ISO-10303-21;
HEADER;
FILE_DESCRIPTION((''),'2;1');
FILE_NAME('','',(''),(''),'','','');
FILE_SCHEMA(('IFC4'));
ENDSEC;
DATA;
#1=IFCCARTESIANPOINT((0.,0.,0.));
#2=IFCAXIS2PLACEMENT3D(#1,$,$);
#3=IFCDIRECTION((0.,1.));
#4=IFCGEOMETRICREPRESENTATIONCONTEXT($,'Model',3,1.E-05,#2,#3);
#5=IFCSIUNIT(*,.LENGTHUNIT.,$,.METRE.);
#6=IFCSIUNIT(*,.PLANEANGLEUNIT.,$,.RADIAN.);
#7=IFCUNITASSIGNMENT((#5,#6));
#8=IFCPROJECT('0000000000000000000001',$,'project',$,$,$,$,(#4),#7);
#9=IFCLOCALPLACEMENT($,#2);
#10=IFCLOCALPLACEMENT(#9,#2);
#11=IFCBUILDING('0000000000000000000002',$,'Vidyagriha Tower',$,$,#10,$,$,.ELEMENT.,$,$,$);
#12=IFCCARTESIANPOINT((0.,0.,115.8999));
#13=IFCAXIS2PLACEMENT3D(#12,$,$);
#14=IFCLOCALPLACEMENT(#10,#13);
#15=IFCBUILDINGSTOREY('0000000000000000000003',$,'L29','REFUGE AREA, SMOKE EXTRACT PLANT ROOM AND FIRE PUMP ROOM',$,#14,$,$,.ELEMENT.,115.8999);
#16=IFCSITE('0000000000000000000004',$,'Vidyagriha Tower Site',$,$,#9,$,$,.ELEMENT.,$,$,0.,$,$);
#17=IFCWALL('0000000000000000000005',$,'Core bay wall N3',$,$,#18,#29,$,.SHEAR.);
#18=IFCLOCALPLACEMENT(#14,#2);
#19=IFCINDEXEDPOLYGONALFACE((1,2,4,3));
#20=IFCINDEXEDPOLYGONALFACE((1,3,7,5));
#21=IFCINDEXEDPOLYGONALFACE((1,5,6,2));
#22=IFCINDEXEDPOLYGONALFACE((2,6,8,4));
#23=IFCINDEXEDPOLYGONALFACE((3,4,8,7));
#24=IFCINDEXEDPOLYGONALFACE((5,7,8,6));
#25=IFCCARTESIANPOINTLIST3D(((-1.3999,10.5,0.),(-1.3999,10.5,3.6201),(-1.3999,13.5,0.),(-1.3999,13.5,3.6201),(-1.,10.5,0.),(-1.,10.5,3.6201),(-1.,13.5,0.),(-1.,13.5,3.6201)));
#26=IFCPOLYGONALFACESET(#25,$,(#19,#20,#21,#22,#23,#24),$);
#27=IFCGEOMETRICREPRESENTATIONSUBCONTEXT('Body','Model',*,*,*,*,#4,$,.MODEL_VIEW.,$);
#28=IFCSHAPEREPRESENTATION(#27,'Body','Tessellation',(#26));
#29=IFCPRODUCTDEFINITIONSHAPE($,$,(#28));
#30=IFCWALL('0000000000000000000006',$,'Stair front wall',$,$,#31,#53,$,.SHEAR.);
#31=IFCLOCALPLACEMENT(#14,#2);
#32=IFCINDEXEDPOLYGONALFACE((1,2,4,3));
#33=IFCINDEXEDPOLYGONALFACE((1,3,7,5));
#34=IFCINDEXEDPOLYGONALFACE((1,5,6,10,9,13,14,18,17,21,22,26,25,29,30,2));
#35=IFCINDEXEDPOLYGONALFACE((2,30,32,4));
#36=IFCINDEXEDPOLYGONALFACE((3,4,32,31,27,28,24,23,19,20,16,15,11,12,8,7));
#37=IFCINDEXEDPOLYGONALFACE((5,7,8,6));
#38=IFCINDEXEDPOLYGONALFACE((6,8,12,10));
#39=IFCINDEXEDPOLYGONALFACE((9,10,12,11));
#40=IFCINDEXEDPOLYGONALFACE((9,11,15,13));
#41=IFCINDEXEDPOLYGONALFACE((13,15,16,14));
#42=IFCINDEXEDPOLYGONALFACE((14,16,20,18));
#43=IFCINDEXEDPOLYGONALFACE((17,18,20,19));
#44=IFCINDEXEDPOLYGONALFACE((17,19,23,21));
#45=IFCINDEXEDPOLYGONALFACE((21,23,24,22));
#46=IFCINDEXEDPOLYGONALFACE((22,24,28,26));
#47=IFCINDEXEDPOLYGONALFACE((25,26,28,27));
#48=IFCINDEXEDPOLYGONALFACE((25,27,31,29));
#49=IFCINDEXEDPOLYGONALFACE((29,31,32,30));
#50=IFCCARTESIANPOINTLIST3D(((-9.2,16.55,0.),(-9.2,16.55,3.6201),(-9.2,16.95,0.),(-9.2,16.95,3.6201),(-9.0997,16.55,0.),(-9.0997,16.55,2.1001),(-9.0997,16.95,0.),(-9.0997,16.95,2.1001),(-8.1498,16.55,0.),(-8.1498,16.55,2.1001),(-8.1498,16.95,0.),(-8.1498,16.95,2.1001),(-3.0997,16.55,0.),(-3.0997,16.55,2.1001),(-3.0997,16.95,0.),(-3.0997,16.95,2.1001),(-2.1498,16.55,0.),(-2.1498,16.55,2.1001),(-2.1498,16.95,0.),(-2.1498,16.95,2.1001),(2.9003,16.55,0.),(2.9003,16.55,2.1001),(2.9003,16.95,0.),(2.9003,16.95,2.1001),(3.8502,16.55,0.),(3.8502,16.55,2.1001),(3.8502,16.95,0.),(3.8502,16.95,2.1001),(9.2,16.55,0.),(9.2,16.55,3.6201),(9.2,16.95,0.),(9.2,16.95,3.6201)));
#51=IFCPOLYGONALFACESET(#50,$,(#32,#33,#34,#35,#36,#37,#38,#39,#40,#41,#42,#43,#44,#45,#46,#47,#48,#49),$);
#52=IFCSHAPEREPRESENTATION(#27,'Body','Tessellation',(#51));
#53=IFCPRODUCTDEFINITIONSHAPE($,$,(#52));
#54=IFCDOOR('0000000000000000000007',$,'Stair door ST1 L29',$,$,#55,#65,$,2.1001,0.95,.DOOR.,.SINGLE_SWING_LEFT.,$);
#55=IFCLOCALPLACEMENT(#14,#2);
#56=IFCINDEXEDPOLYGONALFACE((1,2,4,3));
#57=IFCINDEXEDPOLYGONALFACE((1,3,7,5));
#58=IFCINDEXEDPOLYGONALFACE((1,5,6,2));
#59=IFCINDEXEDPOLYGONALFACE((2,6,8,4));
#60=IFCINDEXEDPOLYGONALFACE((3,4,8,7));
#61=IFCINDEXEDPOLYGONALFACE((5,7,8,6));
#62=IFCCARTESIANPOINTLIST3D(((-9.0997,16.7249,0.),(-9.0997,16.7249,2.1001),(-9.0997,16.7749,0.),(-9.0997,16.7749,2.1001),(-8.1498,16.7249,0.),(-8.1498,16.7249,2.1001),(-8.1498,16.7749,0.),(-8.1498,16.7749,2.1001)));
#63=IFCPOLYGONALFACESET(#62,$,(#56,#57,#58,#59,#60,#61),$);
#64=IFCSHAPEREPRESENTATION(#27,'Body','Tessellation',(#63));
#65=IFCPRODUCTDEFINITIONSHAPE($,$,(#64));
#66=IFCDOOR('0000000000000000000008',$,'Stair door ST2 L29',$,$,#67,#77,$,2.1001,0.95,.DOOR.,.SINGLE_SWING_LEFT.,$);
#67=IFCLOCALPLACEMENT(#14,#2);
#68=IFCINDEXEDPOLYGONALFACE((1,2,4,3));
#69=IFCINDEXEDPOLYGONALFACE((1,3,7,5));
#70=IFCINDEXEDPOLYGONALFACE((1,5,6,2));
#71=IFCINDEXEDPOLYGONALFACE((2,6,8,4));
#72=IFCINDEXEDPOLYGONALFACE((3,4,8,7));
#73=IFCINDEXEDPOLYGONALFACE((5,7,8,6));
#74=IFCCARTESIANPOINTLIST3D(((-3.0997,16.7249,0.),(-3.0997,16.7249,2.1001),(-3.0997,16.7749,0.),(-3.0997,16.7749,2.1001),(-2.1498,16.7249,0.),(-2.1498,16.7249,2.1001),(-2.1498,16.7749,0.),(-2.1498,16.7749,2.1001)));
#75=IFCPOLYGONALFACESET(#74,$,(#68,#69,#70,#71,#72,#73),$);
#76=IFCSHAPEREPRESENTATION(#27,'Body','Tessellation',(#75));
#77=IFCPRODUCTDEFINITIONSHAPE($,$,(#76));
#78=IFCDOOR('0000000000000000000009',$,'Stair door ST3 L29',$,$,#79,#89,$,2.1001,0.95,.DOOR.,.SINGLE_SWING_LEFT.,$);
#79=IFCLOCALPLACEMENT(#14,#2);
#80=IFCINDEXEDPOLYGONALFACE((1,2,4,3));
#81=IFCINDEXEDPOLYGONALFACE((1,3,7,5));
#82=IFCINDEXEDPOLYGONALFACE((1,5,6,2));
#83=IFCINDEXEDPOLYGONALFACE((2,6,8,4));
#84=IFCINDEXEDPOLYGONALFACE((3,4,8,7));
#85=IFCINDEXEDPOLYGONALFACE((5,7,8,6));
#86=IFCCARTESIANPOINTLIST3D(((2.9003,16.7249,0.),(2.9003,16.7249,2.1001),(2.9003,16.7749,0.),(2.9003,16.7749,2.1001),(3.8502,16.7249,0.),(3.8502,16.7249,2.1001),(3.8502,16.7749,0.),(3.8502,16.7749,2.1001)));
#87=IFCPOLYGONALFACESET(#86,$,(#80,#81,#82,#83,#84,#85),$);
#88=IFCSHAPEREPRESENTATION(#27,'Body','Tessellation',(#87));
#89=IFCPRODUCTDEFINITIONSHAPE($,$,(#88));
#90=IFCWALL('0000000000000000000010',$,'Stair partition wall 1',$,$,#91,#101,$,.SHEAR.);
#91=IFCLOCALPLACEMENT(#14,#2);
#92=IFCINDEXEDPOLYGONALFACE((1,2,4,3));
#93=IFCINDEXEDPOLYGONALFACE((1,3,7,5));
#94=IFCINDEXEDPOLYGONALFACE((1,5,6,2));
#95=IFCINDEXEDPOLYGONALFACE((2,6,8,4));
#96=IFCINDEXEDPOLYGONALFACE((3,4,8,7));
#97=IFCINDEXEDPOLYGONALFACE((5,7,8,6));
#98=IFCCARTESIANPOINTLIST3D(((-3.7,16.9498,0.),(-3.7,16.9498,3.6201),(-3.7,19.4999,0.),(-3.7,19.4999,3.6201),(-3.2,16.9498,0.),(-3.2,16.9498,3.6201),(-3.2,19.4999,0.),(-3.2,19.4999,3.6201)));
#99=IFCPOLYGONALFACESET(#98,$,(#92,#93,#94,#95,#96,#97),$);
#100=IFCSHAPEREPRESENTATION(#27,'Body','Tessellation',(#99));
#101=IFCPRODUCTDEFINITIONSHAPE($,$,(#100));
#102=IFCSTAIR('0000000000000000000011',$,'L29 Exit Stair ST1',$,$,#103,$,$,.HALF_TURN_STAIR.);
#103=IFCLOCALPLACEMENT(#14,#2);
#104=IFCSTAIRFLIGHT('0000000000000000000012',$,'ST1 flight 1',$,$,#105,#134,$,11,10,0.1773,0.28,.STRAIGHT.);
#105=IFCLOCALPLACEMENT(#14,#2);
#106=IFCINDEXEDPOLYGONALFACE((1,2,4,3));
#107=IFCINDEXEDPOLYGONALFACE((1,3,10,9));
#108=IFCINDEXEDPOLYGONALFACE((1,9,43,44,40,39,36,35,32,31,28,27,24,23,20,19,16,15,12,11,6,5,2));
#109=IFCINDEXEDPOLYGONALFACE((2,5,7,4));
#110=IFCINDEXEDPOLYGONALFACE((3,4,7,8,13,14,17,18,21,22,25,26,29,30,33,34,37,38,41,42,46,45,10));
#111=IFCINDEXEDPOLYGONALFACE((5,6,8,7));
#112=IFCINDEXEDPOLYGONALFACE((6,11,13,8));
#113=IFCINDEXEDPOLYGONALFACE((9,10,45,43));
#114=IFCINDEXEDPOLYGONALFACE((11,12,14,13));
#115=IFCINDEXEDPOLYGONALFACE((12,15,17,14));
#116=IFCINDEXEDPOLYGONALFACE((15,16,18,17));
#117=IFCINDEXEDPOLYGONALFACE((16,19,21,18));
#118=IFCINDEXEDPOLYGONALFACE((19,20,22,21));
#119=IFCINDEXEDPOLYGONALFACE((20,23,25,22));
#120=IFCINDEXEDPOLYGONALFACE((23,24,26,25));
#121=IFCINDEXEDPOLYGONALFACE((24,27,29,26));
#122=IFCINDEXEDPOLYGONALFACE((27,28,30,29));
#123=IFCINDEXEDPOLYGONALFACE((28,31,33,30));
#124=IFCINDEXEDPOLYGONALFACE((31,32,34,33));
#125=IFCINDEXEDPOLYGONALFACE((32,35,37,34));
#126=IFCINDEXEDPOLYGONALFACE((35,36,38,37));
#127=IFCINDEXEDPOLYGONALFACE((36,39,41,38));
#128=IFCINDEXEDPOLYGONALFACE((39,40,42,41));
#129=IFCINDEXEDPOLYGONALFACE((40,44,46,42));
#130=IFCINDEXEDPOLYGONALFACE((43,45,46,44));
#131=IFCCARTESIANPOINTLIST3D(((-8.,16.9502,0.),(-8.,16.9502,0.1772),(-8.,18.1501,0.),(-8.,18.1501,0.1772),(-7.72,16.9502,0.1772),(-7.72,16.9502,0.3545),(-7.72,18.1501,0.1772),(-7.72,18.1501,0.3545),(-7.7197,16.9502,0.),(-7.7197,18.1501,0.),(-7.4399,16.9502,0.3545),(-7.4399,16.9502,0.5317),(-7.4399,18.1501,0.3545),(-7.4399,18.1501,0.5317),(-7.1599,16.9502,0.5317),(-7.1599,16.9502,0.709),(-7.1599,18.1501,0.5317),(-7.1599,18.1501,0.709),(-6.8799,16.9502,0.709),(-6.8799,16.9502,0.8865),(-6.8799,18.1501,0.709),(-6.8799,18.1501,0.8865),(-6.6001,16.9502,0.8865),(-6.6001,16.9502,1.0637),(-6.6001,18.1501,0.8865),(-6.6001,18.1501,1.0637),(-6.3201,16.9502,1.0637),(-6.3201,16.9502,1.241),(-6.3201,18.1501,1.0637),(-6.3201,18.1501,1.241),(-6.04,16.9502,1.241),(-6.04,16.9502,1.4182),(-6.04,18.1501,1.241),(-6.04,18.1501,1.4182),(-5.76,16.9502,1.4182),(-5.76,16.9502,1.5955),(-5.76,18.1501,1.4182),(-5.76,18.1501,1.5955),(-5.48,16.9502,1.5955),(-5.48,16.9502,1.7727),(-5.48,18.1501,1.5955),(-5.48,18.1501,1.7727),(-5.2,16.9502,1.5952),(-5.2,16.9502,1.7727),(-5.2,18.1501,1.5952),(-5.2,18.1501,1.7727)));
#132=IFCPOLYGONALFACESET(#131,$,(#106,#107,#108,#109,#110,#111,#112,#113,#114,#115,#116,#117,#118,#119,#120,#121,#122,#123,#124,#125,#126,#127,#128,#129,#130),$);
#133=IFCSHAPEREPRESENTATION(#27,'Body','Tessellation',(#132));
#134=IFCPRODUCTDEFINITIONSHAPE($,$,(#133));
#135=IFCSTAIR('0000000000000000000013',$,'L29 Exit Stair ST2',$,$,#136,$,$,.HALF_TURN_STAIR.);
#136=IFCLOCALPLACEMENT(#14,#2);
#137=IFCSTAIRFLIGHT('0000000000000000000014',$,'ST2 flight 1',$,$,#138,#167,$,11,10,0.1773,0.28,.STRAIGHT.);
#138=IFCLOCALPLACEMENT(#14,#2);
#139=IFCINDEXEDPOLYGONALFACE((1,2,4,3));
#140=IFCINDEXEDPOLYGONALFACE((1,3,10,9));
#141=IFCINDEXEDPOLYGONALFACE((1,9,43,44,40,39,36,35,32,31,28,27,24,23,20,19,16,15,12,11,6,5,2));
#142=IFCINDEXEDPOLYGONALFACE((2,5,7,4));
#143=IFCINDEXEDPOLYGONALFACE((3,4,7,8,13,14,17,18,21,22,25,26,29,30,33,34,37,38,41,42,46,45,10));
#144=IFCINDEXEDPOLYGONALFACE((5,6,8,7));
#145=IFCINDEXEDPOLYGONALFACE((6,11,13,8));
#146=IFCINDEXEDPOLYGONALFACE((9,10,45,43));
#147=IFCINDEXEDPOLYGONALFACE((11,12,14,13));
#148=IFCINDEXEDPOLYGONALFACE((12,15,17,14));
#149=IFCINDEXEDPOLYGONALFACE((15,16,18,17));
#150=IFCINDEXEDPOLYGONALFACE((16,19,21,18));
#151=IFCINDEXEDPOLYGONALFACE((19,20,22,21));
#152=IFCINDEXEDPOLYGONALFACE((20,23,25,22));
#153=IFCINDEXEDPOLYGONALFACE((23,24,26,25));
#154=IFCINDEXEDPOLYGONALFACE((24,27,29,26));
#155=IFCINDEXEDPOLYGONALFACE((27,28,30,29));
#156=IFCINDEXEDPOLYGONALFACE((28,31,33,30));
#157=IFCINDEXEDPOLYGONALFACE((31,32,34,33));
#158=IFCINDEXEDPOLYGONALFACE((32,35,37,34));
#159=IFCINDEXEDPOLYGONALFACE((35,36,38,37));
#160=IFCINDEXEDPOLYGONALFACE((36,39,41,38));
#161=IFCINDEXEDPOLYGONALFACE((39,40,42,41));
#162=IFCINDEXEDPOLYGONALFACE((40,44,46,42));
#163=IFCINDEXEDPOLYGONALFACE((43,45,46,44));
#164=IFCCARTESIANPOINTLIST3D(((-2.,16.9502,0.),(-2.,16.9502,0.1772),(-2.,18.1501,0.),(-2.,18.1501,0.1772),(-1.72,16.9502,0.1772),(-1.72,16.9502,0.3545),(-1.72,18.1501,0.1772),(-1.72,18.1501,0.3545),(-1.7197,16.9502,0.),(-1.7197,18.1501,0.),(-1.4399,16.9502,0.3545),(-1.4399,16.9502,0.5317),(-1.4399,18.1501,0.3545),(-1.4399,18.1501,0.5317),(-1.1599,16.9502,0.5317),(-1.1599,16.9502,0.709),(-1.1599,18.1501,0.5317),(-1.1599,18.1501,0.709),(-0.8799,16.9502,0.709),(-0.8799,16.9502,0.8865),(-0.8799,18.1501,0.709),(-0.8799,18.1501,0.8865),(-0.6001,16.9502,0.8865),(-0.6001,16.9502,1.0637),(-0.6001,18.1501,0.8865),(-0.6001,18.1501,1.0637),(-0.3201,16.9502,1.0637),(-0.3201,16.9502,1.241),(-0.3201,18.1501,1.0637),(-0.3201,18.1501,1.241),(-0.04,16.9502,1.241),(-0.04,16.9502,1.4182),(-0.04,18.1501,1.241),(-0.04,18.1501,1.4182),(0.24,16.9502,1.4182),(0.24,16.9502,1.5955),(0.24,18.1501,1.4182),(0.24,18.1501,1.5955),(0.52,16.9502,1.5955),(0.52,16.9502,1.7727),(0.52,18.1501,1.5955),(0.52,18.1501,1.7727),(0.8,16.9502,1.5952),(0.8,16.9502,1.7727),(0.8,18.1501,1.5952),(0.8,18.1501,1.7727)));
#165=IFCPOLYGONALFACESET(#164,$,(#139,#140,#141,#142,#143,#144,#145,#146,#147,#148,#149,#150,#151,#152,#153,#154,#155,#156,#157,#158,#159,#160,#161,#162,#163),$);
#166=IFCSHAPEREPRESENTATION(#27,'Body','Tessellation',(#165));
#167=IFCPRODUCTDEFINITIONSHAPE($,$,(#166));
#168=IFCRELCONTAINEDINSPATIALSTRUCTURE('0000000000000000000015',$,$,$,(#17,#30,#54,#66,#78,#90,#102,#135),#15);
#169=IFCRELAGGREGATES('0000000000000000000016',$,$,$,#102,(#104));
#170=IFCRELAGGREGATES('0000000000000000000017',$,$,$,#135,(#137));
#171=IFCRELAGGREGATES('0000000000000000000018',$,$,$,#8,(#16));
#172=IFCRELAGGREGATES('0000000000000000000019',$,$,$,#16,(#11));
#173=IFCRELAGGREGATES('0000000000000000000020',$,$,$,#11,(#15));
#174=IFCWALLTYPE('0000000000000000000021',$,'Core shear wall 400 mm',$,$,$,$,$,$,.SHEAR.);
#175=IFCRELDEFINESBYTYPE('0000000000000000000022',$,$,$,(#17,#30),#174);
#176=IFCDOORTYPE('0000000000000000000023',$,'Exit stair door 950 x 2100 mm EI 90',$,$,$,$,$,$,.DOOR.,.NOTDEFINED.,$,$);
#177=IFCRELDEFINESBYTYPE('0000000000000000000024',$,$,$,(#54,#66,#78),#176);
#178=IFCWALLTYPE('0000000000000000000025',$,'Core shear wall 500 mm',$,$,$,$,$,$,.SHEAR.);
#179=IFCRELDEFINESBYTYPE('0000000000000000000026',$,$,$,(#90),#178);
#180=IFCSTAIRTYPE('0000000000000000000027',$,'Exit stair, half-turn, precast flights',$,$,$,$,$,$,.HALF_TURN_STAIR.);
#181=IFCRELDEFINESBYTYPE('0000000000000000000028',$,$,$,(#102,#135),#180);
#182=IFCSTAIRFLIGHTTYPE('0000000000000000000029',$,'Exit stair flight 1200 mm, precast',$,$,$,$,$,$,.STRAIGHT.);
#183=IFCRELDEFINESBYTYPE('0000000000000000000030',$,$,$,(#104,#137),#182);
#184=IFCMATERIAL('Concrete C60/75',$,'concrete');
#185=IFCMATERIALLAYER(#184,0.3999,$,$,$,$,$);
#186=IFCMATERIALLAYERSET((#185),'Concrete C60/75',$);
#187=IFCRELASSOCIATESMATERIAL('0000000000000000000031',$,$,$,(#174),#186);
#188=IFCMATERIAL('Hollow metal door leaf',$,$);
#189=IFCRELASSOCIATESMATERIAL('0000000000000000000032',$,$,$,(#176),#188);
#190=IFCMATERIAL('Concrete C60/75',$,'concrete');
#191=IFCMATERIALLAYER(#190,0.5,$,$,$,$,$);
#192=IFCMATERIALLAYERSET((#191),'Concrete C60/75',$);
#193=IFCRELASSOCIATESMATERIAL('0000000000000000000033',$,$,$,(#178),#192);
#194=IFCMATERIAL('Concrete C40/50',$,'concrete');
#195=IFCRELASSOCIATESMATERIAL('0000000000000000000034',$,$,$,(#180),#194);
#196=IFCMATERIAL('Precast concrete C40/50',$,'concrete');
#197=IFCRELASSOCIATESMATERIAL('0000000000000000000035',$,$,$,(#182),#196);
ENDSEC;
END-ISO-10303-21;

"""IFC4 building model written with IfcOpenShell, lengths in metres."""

from ifc_helpers import new_model, si_unit, direction, frame, frame_2d, origin, place, context, subcontext, project, spatial, polyline, rectangle, outline, extrude, material, layer, layer_set, type_object, element, fill, aggregate, save


model = new_model("IFC4")

# Units and contexts
model_context = context("Model", 3, precision=1e-05, world=origin(), true_north=direction((0.0, 1.0)))
body_context = subcontext(model_context, "Body", "Model", "MODEL_VIEW")
ifc_project = project(units=[si_unit("LENGTHUNIT", "METRE"), si_unit("PLANEANGLEUNIT", "RADIAN")], contexts=[model_context])

# Site, building, storey
site_placement = place(None, origin())
site = spatial("IfcSite", under=ifc_project, at=site_placement, Name="Vidyagriha Tower Site", CompositionType="ELEMENT", RefElevation=0.0)
building_placement = place(site_placement, origin())
building = spatial("IfcBuilding", under=site, at=building_placement, Name="Vidyagriha Tower", CompositionType="ELEMENT")
storey_placement = place(building_placement, frame((0.0, 0.0, 115.8999)))
storey = spatial("IfcBuildingStorey", under=building, at=storey_placement, Name="L29", Description="REFUGE AREA, SMOKE EXTRACT PLANT ROOM AND FIRE PUMP ROOM", CompositionType="ELEMENT", Elevation=115.8999)

# Shared definitions
ifc_material_1 = material(Name="Concrete C60/75", Category="concrete")
ifc_layer_1 = layer(ifc_material_1, 0.3999)
ifc_layer_set_1 = layer_set([ifc_layer_1], Name="Concrete C60/75")
wall_type_1 = type_object("IfcWallType", Name="Core shear wall 400 mm", PredefinedType="SHEAR", material=ifc_layer_set_1)

# Wall
for number, where, z_axis, x_axis, name in (
    (1, (-1.2, 10.5, 0.0), (0.0, 0.0, 1.0), (0.0, 1.0, 0.0), "Core bay wall N3"),
):
    element("IfcWall", number, at=place(storey_placement, frame(where, z_axis=z_axis, x_axis=x_axis)), inside=storey, type_object=wall_type_1, Name=name, PredefinedType="SHEAR", context=body_context, shape_type="SweptSolid", body=[
        extrude(rectangle(XDim=3.0, YDim=0.3999, at=frame_2d((1.5, 0.0))), origin(), (0.0, 0.0, 1.0), 3.6201),
    ])

# Wall, openings, doors
wall_1_placement = place(storey_placement, frame((-9.2, 16.75, 0.0)))
wall_1 = element("IfcWall", 2, at=wall_1_placement, inside=storey, type_object=wall_type_1, Name="Stair front wall", PredefinedType="SHEAR", context=body_context, shape_type="SweptSolid", body=[
    extrude(rectangle(XDim=18.3999, YDim=0.3999, at=frame_2d((9.2, 0.0))), origin(), (0.0, 0.0, 1.0), 3.6201),
])
opening_1_placement = place(wall_1_placement, frame((0.1001, 0.0, 0.0)))
opening_1 = element("IfcOpeningElement", 3, at=opening_1_placement, cuts=wall_1, PredefinedType="OPENING", context=body_context, shape_type="SweptSolid", body=[
    extrude(rectangle(XDim=0.95, YDim=2.1001, at=frame_2d((0.4751, 1.05))), frame((0.0, 0.21, 0.0), z_axis=(0.0, -1.0, 0.0), x_axis=(1.0, 0.0, 0.0)), (0.0, 0.0, 1.0), 0.4199),
])
opening_2_placement = place(wall_1_placement, frame((6.1001, 0.0, 0.0)))
opening_2 = element("IfcOpeningElement", 4, at=opening_2_placement, cuts=wall_1, PredefinedType="OPENING", context=body_context, shape_type="SweptSolid", body=[
    extrude(rectangle(XDim=0.95, YDim=2.1001, at=frame_2d((0.4751, 1.05))), frame((0.0, 0.21, 0.0), z_axis=(0.0, -1.0, 0.0), x_axis=(1.0, 0.0, 0.0)), (0.0, 0.0, 1.0), 0.4199),
])
opening_3_placement = place(wall_1_placement, frame((12.1001, 0.0, 0.0)))
opening_3 = element("IfcOpeningElement", 5, at=opening_3_placement, cuts=wall_1, PredefinedType="OPENING", context=body_context, shape_type="SweptSolid", body=[
    extrude(rectangle(XDim=0.95, YDim=2.1001, at=frame_2d((0.4751, 1.05))), frame((0.0, 0.21, 0.0), z_axis=(0.0, -1.0, 0.0), x_axis=(1.0, 0.0, 0.0)), (0.0, 0.0, 1.0), 0.4199),
])
ifc_material_2 = material(Name="Hollow metal door leaf")
door_type_1 = type_object("IfcDoorType", Name="Exit stair door 950 x 2100 mm EI 90", OperationType="NOTDEFINED", PredefinedType="DOOR", material=ifc_material_2)
door_1_placement = place(opening_1_placement, origin())
door_1 = element("IfcDoor", 6, at=door_1_placement, inside=storey, type_object=door_type_1, Name="Stair door ST1 L29", OperationType="SINGLE_SWING_LEFT", OverallHeight=2.1001, OverallWidth=0.95, PredefinedType="DOOR", context=body_context, shape_type="SweptSolid", body=[
    extrude(rectangle(XDim=0.95, YDim=2.1001, at=frame_2d((0.4751, 1.05))), frame((0.0, 0.0249, 0.0), z_axis=(0.0, -1.0, 0.0), x_axis=(1.0, 0.0, 0.0)), (0.0, 0.0, 1.0), 0.05),
])
fill(opening_1, door_1)
door_2_placement = place(opening_2_placement, origin())
door_2 = element("IfcDoor", 7, at=door_2_placement, inside=storey, type_object=door_type_1, Name="Stair door ST2 L29", OperationType="SINGLE_SWING_LEFT", OverallHeight=2.1001, OverallWidth=0.95, PredefinedType="DOOR", context=body_context, shape_type="SweptSolid", body=[
    extrude(rectangle(XDim=0.95, YDim=2.1001, at=frame_2d((0.4751, 1.05))), frame((0.0, 0.0249, 0.0), z_axis=(0.0, -1.0, 0.0), x_axis=(1.0, 0.0, 0.0)), (0.0, 0.0, 1.0), 0.05),
])
fill(opening_2, door_2)
door_3_placement = place(opening_3_placement, origin())
door_3 = element("IfcDoor", 8, at=door_3_placement, inside=storey, type_object=door_type_1, Name="Stair door ST3 L29", OperationType="SINGLE_SWING_LEFT", OverallHeight=2.1001, OverallWidth=0.95, PredefinedType="DOOR", context=body_context, shape_type="SweptSolid", body=[
    extrude(rectangle(XDim=0.95, YDim=2.1001, at=frame_2d((0.4751, 1.05))), frame((0.0, 0.0249, 0.0), z_axis=(0.0, -1.0, 0.0), x_axis=(1.0, 0.0, 0.0)), (0.0, 0.0, 1.0), 0.05),
])
fill(opening_3, door_3)

# Wall
ifc_material_3 = material(Name="Concrete C60/75", Category="concrete")
ifc_layer_2 = layer(ifc_material_3, 0.5)
ifc_layer_set_2 = layer_set([ifc_layer_2], Name="Concrete C60/75")
wall_type_2 = type_object("IfcWallType", Name="Core shear wall 500 mm", PredefinedType="SHEAR", material=ifc_layer_set_2)
wall_2_placement = place(storey_placement, frame((-3.45, 16.95, 0.0), z_axis=(0.0, 0.0, 1.0), x_axis=(0.0, 1.0, 0.0)))
element("IfcWall", 9, at=wall_2_placement, inside=storey, type_object=wall_type_2, Name="Stair partition wall 1", PredefinedType="SHEAR", context=body_context, shape_type="SweptSolid", body=[
    extrude(rectangle(XDim=2.55, YDim=0.5, at=frame_2d((1.2749, 0.0))), origin(), (0.0, 0.0, 1.0), 3.6201),
])

# Stairs, stair flights
ifc_material_4 = material(Name="Concrete C40/50", Category="concrete")
stair_type = type_object("IfcStairType", Name="Exit stair, half-turn, precast flights", PredefinedType="HALF_TURN_STAIR", material=ifc_material_4)
stair_1_placement = place(storey_placement, origin())
stair_1 = element("IfcStair", 10, at=stair_1_placement, inside=storey, type_object=stair_type, Name="L29 Exit Stair ST1", PredefinedType="HALF_TURN_STAIR")
ifc_material_5 = material(Name="Precast concrete C40/50", Category="concrete")
stair_flight_type = type_object("IfcStairFlightType", Name="Exit stair flight 1200 mm, precast", PredefinedType="STRAIGHT", material=ifc_material_5)
stair_flight_1_placement = place(storey_placement, frame((-8.0, 17.55, 0.0)))
stair_flight_1 = element("IfcStairFlight", 11, at=stair_flight_1_placement, type_object=stair_flight_type, Name="ST1 flight 1", NumberOfRisers=11, NumberOfTreads=10, PredefinedType="STRAIGHT", RiserHeight=0.1773, TreadLength=0.28, context=body_context, shape_type="SweptSolid", body=[
    extrude(outline(polyline([(0.0, 0.0), (0.0, 0.1772), (0.28, 0.1772), (0.28, 0.3545), (0.5601, 0.3545), (0.5601, 0.5317), (0.8401, 0.5317), (0.8401, 0.709), (1.1201, 0.709), (1.1201, 0.8865), (1.3999, 0.8865), (1.3999, 1.0637), (1.6799, 1.0637), (1.6799, 1.241), (1.96, 1.241), (1.96, 1.4182), (2.24, 1.4182), (2.24, 1.5955), (2.52, 1.5955), (2.52, 1.7727), (2.8, 1.7727), (2.8, 1.95), (2.8, 1.5952), (0.2803, 0.0), (0.0, 0.0)])), frame((0.0, 0.6001, 0.0), z_axis=(0.0, -1.0, 0.0), x_axis=(1.0, 0.0, 0.0)), (0.0, 0.0, 1.0), 1.2),
])
aggregate(stair_1, [stair_flight_1])
stair_2_placement = place(storey_placement, origin())
stair_2 = element("IfcStair", 12, at=stair_2_placement, inside=storey, type_object=stair_type, Name="L29 Exit Stair ST2", PredefinedType="HALF_TURN_STAIR")
stair_flight_2_placement = place(storey_placement, frame((-2.0, 17.55, 0.0)))
stair_flight_2 = element("IfcStairFlight", 13, at=stair_flight_2_placement, type_object=stair_flight_type, Name="ST2 flight 1", NumberOfRisers=11, NumberOfTreads=10, PredefinedType="STRAIGHT", RiserHeight=0.1773, TreadLength=0.28, context=body_context, shape_type="SweptSolid", body=[
    extrude(outline(polyline([(0.0, 0.0), (0.0, 0.1772), (0.28, 0.1772), (0.28, 0.3545), (0.5601, 0.3545), (0.5601, 0.5317), (0.8401, 0.5317), (0.8401, 0.709), (1.1201, 0.709), (1.1201, 0.8865), (1.3999, 0.8865), (1.3999, 1.0637), (1.6799, 1.0637), (1.6799, 1.241), (1.96, 1.241), (1.96, 1.4182), (2.24, 1.4182), (2.24, 1.5955), (2.52, 1.5955), (2.52, 1.7727), (2.8, 1.7727), (2.8, 1.95), (2.8, 1.5952), (0.2803, 0.0), (0.0, 0.0)])), frame((0.0, 0.6001, 0.0), z_axis=(0.0, -1.0, 0.0), x_axis=(1.0, 0.0, 0.0)), (0.0, 0.0, 1.0), 1.2),
])
aggregate(stair_2, [stair_flight_2])

save(model, "model.ifc")
